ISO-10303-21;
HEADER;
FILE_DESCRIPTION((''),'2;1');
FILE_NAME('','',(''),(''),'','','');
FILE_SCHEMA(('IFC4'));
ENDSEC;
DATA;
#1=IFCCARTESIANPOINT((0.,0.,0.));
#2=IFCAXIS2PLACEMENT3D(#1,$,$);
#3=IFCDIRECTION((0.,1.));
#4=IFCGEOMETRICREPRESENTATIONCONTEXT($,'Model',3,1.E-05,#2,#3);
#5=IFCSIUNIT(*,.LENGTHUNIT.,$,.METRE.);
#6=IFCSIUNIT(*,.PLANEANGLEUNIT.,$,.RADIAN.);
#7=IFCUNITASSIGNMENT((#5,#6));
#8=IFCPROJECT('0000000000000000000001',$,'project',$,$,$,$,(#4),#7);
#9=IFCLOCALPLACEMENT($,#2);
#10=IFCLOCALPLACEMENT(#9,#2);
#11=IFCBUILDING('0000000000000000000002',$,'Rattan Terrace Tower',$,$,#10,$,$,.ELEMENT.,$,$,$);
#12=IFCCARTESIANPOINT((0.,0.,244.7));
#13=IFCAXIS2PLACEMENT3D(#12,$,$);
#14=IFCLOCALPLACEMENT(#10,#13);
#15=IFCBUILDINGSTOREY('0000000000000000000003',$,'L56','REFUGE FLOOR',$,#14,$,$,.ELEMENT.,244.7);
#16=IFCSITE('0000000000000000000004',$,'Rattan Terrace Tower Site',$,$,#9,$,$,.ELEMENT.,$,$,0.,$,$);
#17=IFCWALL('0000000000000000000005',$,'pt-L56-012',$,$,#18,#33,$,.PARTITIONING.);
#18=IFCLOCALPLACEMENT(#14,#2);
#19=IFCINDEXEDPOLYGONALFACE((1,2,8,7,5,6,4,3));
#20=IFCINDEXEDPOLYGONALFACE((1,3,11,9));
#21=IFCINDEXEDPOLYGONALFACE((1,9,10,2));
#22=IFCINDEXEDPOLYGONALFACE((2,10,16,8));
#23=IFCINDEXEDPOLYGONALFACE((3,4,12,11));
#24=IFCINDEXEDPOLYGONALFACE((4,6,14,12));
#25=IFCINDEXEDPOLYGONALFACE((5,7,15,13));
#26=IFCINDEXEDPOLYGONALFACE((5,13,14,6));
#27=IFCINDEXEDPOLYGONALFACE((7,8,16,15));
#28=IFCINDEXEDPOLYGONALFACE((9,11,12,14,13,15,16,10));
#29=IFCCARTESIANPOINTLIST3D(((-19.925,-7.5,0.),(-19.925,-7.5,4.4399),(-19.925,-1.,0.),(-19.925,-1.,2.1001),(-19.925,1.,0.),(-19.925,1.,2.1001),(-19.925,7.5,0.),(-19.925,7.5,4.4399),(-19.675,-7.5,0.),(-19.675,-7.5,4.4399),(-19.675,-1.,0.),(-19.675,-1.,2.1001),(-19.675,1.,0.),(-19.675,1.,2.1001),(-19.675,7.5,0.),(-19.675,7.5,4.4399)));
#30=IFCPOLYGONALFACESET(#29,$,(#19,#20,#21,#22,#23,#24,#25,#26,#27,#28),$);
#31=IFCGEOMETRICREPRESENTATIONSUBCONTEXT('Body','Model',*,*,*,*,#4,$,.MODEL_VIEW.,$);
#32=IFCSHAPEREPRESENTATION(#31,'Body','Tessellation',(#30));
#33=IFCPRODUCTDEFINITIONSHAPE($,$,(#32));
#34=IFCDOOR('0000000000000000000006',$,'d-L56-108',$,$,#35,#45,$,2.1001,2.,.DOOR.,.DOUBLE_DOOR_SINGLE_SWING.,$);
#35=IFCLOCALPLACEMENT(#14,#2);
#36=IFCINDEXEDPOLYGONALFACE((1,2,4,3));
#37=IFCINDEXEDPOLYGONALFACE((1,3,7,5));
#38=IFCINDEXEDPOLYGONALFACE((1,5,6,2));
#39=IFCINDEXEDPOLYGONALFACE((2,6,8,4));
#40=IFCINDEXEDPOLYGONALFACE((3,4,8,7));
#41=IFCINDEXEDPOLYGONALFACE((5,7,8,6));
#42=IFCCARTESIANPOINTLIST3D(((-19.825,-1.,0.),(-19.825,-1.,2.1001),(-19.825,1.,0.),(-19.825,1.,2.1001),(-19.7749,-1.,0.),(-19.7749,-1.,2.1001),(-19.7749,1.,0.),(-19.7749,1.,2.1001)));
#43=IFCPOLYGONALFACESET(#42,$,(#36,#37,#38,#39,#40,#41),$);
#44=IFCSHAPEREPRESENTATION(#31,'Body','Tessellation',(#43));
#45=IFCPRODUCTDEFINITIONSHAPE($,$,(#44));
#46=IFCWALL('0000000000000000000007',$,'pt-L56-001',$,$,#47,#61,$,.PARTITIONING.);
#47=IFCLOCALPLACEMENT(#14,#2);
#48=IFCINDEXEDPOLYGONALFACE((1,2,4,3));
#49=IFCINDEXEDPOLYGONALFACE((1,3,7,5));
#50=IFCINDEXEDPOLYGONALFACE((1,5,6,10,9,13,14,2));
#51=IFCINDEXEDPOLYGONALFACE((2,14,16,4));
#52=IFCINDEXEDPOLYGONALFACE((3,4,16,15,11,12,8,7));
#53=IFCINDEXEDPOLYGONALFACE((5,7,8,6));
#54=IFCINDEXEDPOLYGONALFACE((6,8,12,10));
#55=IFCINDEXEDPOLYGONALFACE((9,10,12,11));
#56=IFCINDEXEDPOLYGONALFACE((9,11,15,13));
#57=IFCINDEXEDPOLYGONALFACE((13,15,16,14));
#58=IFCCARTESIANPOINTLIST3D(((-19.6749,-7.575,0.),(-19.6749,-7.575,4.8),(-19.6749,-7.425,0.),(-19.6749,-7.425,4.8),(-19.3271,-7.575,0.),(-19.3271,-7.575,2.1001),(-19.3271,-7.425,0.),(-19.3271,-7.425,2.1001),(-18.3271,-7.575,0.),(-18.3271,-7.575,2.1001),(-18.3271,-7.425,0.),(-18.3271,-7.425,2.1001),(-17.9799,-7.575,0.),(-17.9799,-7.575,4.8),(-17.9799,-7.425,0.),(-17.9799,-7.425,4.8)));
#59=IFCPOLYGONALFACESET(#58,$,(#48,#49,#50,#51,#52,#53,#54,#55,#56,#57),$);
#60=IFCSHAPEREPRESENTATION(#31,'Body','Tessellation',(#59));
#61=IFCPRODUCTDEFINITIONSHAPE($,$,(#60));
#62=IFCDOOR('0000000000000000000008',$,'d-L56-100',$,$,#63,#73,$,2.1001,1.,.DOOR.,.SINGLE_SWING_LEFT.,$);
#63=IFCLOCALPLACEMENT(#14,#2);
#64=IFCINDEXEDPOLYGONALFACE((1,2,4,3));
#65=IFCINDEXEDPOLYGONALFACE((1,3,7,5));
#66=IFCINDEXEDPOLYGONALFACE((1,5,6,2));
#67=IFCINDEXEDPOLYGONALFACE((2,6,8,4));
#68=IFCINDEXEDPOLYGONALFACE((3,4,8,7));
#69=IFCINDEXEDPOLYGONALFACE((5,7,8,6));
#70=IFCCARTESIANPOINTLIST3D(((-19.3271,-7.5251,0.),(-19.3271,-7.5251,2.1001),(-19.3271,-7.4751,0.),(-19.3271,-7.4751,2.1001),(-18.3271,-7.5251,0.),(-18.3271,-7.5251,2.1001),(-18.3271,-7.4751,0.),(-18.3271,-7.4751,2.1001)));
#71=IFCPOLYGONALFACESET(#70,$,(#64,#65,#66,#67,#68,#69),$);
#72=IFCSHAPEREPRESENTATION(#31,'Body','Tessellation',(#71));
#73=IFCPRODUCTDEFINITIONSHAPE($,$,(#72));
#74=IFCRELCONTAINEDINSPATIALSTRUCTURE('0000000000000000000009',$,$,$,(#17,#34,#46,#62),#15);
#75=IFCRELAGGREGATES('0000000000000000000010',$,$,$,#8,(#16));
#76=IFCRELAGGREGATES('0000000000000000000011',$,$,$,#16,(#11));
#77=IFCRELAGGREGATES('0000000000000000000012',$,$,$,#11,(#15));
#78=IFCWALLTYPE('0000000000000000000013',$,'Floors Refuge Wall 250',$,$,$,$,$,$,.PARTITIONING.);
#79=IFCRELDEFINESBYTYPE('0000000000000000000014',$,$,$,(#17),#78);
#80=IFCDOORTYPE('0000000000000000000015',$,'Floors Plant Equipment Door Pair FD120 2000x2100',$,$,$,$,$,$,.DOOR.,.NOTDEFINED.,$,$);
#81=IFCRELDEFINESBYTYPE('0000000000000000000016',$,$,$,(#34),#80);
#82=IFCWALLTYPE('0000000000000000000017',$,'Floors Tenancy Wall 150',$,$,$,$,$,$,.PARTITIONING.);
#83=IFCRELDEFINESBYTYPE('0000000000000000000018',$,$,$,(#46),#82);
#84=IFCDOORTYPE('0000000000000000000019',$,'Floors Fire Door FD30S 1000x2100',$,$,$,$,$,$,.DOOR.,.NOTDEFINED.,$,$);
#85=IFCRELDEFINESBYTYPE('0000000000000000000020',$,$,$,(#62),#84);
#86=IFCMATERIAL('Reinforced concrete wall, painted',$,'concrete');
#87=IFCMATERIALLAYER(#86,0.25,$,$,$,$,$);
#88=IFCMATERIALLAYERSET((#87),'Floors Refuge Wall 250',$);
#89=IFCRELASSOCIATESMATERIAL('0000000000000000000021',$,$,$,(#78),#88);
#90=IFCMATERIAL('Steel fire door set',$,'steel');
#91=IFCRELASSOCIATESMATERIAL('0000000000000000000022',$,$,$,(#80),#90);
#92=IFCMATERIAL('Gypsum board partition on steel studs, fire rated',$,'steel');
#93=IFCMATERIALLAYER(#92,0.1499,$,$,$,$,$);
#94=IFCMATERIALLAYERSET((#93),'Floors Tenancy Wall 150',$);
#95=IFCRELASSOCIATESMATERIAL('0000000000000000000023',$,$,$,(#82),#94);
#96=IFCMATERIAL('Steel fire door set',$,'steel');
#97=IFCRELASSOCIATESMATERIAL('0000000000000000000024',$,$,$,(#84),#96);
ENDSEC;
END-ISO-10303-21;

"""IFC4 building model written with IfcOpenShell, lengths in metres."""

from ifc_helpers import new_model, si_unit, direction, frame, frame_2d, origin, place, context, subcontext, project, spatial, rectangle, extrude, material, layer, layer_set, type_object, element, fill, save


model = new_model("IFC4")

# Units and contexts
model_context = context("Model", 3, precision=1e-05, world=origin(), true_north=direction((0.0, 1.0)))
body_context = subcontext(model_context, "Body", "Model", "MODEL_VIEW")
ifc_project = project(units=[si_unit("LENGTHUNIT", "METRE"), si_unit("PLANEANGLEUNIT", "RADIAN")], contexts=[model_context])

# Site, building, storey
site_placement = place(None, origin())
site = spatial("IfcSite", under=ifc_project, at=site_placement, Name="Rattan Terrace Tower Site", CompositionType="ELEMENT", RefElevation=0.0)
building_placement = place(site_placement, origin())
building = spatial("IfcBuilding", under=site, at=building_placement, Name="Rattan Terrace Tower", CompositionType="ELEMENT")
storey_placement = place(building_placement, frame((0.0, 0.0, 244.7)))
storey = spatial("IfcBuildingStorey", under=building, at=storey_placement, Name="L56", Description="REFUGE FLOOR", CompositionType="ELEMENT", Elevation=244.7)

# Shared definitions
ifc_material_1 = material(Name="Reinforced concrete wall, painted", Category="concrete")
ifc_layer_1 = layer(ifc_material_1, 0.25)
ifc_layer_set_1 = layer_set([ifc_layer_1], Name="Floors Refuge Wall 250")
wall_type_1 = type_object("IfcWallType", Name="Floors Refuge Wall 250", PredefinedType="PARTITIONING", material=ifc_layer_set_1)
ifc_material_2 = material(Name="Steel fire door set", Category="steel")
door_type_1 = type_object("IfcDoorType", Name="Floors Plant Equipment Door Pair FD120 2000x2100", OperationType="NOTDEFINED", PredefinedType="DOOR", material=ifc_material_2)

# Walls, openings, doors
wall_1_placement = place(storey_placement, frame((-19.8, -7.5, 0.0), z_axis=(0.0, 0.0, 1.0), x_axis=(0.0, 1.0, 0.0)))
wall_1 = element("IfcWall", 1, at=wall_1_placement, inside=storey, type_object=wall_type_1, Name="pt-L56-012", PredefinedType="PARTITIONING", context=body_context, shape_type="SweptSolid", body=[
    extrude(rectangle(XDim=15.0, YDim=0.25, at=frame_2d((7.5, 0.0))), origin(), (0.0, 0.0, 1.0), 4.4399),
])
opening_1_placement = place(wall_1_placement, frame((6.5, 0.0, 0.0)))
opening_1 = element("IfcOpeningElement", 2, at=opening_1_placement, cuts=wall_1, PredefinedType="OPENING", context=body_context, shape_type="SweptSolid", body=[
    extrude(rectangle(XDim=2.0, YDim=2.1001, at=frame_2d((1.0, 1.05))), frame((0.0, 0.1355, 0.0), z_axis=(0.0, -1.0, 0.0), x_axis=(1.0, 0.0, 0.0)), (0.0, 0.0, 1.0), 0.271),
])
door_1_placement = place(opening_1_placement, origin())
door_1 = element("IfcDoor", 3, at=door_1_placement, inside=storey, type_object=door_type_1, Name="d-L56-108", OperationType="DOUBLE_DOOR_SINGLE_SWING", OverallHeight=2.1001, OverallWidth=2.0, PredefinedType="DOOR", context=body_context, shape_type="SweptSolid", body=[
    extrude(rectangle(XDim=2.0, YDim=2.1001, at=frame_2d((1.0, 1.05))), frame((0.0, 0.0249, 0.0), z_axis=(0.0, -1.0, 0.0), x_axis=(1.0, 0.0, 0.0)), (0.0, 0.0, 1.0), 0.05),
])
fill(opening_1, door_1)
ifc_material_3 = material(Name="Gypsum board partition on steel studs, fire rated", Category="steel")
ifc_layer_2 = layer(ifc_material_3, 0.1499)
ifc_layer_set_2 = layer_set([ifc_layer_2], Name="Floors Tenancy Wall 150")
wall_type_2 = type_object("IfcWallType", Name="Floors Tenancy Wall 150", PredefinedType="PARTITIONING", material=ifc_layer_set_2)
wall_2_placement = place(storey_placement, frame((-19.675, -7.5, 0.0), z_axis=(0.0, 0.0, 1.0), x_axis=(1.0, 0.0, 0.0)))
wall_2 = element("IfcWall", 4, at=wall_2_placement, inside=storey, type_object=wall_type_2, Name="pt-L56-001", PredefinedType="PARTITIONING", context=body_context, shape_type="SweptSolid", body=[
    extrude(rectangle(XDim=1.6951, YDim=0.1499, at=frame_2d((0.8477, 0.0))), origin(), (0.0, 0.0, 1.0), 4.8),
])
opening_2_placement = place(wall_2_placement, frame((0.3479, 0.0, 0.0)))
opening_2 = element("IfcOpeningElement", 5, at=opening_2_placement, cuts=wall_2, PredefinedType="OPENING", context=body_context, shape_type="SweptSolid", body=[
    extrude(rectangle(XDim=1.0, YDim=2.1001, at=frame_2d((0.5, 1.05))), frame((0.0, 0.0854, 0.0), z_axis=(0.0, -1.0, 0.0), x_axis=(1.0, 0.0, 0.0)), (0.0, 0.0, 1.0), 0.1709),
])
ifc_material_4 = material(Name="Steel fire door set", Category="steel")
door_type_2 = type_object("IfcDoorType", Name="Floors Fire Door FD30S 1000x2100", OperationType="NOTDEFINED", PredefinedType="DOOR", material=ifc_material_4)
door_2_placement = place(opening_2_placement, origin())
door_2 = element("IfcDoor", 6, at=door_2_placement, inside=storey, type_object=door_type_2, Name="d-L56-100", OperationType="SINGLE_SWING_LEFT", OverallHeight=2.1001, OverallWidth=1.0, PredefinedType="DOOR", context=body_context, shape_type="SweptSolid", body=[
    extrude(rectangle(XDim=1.0, YDim=2.1001, at=frame_2d((0.5, 1.05))), frame((0.0, 0.0249, 0.0), z_axis=(0.0, -1.0, 0.0), x_axis=(1.0, 0.0, 0.0)), (0.0, 0.0, 1.0), 0.05),
])
fill(opening_2, door_2)

save(model, "model.ifc")
